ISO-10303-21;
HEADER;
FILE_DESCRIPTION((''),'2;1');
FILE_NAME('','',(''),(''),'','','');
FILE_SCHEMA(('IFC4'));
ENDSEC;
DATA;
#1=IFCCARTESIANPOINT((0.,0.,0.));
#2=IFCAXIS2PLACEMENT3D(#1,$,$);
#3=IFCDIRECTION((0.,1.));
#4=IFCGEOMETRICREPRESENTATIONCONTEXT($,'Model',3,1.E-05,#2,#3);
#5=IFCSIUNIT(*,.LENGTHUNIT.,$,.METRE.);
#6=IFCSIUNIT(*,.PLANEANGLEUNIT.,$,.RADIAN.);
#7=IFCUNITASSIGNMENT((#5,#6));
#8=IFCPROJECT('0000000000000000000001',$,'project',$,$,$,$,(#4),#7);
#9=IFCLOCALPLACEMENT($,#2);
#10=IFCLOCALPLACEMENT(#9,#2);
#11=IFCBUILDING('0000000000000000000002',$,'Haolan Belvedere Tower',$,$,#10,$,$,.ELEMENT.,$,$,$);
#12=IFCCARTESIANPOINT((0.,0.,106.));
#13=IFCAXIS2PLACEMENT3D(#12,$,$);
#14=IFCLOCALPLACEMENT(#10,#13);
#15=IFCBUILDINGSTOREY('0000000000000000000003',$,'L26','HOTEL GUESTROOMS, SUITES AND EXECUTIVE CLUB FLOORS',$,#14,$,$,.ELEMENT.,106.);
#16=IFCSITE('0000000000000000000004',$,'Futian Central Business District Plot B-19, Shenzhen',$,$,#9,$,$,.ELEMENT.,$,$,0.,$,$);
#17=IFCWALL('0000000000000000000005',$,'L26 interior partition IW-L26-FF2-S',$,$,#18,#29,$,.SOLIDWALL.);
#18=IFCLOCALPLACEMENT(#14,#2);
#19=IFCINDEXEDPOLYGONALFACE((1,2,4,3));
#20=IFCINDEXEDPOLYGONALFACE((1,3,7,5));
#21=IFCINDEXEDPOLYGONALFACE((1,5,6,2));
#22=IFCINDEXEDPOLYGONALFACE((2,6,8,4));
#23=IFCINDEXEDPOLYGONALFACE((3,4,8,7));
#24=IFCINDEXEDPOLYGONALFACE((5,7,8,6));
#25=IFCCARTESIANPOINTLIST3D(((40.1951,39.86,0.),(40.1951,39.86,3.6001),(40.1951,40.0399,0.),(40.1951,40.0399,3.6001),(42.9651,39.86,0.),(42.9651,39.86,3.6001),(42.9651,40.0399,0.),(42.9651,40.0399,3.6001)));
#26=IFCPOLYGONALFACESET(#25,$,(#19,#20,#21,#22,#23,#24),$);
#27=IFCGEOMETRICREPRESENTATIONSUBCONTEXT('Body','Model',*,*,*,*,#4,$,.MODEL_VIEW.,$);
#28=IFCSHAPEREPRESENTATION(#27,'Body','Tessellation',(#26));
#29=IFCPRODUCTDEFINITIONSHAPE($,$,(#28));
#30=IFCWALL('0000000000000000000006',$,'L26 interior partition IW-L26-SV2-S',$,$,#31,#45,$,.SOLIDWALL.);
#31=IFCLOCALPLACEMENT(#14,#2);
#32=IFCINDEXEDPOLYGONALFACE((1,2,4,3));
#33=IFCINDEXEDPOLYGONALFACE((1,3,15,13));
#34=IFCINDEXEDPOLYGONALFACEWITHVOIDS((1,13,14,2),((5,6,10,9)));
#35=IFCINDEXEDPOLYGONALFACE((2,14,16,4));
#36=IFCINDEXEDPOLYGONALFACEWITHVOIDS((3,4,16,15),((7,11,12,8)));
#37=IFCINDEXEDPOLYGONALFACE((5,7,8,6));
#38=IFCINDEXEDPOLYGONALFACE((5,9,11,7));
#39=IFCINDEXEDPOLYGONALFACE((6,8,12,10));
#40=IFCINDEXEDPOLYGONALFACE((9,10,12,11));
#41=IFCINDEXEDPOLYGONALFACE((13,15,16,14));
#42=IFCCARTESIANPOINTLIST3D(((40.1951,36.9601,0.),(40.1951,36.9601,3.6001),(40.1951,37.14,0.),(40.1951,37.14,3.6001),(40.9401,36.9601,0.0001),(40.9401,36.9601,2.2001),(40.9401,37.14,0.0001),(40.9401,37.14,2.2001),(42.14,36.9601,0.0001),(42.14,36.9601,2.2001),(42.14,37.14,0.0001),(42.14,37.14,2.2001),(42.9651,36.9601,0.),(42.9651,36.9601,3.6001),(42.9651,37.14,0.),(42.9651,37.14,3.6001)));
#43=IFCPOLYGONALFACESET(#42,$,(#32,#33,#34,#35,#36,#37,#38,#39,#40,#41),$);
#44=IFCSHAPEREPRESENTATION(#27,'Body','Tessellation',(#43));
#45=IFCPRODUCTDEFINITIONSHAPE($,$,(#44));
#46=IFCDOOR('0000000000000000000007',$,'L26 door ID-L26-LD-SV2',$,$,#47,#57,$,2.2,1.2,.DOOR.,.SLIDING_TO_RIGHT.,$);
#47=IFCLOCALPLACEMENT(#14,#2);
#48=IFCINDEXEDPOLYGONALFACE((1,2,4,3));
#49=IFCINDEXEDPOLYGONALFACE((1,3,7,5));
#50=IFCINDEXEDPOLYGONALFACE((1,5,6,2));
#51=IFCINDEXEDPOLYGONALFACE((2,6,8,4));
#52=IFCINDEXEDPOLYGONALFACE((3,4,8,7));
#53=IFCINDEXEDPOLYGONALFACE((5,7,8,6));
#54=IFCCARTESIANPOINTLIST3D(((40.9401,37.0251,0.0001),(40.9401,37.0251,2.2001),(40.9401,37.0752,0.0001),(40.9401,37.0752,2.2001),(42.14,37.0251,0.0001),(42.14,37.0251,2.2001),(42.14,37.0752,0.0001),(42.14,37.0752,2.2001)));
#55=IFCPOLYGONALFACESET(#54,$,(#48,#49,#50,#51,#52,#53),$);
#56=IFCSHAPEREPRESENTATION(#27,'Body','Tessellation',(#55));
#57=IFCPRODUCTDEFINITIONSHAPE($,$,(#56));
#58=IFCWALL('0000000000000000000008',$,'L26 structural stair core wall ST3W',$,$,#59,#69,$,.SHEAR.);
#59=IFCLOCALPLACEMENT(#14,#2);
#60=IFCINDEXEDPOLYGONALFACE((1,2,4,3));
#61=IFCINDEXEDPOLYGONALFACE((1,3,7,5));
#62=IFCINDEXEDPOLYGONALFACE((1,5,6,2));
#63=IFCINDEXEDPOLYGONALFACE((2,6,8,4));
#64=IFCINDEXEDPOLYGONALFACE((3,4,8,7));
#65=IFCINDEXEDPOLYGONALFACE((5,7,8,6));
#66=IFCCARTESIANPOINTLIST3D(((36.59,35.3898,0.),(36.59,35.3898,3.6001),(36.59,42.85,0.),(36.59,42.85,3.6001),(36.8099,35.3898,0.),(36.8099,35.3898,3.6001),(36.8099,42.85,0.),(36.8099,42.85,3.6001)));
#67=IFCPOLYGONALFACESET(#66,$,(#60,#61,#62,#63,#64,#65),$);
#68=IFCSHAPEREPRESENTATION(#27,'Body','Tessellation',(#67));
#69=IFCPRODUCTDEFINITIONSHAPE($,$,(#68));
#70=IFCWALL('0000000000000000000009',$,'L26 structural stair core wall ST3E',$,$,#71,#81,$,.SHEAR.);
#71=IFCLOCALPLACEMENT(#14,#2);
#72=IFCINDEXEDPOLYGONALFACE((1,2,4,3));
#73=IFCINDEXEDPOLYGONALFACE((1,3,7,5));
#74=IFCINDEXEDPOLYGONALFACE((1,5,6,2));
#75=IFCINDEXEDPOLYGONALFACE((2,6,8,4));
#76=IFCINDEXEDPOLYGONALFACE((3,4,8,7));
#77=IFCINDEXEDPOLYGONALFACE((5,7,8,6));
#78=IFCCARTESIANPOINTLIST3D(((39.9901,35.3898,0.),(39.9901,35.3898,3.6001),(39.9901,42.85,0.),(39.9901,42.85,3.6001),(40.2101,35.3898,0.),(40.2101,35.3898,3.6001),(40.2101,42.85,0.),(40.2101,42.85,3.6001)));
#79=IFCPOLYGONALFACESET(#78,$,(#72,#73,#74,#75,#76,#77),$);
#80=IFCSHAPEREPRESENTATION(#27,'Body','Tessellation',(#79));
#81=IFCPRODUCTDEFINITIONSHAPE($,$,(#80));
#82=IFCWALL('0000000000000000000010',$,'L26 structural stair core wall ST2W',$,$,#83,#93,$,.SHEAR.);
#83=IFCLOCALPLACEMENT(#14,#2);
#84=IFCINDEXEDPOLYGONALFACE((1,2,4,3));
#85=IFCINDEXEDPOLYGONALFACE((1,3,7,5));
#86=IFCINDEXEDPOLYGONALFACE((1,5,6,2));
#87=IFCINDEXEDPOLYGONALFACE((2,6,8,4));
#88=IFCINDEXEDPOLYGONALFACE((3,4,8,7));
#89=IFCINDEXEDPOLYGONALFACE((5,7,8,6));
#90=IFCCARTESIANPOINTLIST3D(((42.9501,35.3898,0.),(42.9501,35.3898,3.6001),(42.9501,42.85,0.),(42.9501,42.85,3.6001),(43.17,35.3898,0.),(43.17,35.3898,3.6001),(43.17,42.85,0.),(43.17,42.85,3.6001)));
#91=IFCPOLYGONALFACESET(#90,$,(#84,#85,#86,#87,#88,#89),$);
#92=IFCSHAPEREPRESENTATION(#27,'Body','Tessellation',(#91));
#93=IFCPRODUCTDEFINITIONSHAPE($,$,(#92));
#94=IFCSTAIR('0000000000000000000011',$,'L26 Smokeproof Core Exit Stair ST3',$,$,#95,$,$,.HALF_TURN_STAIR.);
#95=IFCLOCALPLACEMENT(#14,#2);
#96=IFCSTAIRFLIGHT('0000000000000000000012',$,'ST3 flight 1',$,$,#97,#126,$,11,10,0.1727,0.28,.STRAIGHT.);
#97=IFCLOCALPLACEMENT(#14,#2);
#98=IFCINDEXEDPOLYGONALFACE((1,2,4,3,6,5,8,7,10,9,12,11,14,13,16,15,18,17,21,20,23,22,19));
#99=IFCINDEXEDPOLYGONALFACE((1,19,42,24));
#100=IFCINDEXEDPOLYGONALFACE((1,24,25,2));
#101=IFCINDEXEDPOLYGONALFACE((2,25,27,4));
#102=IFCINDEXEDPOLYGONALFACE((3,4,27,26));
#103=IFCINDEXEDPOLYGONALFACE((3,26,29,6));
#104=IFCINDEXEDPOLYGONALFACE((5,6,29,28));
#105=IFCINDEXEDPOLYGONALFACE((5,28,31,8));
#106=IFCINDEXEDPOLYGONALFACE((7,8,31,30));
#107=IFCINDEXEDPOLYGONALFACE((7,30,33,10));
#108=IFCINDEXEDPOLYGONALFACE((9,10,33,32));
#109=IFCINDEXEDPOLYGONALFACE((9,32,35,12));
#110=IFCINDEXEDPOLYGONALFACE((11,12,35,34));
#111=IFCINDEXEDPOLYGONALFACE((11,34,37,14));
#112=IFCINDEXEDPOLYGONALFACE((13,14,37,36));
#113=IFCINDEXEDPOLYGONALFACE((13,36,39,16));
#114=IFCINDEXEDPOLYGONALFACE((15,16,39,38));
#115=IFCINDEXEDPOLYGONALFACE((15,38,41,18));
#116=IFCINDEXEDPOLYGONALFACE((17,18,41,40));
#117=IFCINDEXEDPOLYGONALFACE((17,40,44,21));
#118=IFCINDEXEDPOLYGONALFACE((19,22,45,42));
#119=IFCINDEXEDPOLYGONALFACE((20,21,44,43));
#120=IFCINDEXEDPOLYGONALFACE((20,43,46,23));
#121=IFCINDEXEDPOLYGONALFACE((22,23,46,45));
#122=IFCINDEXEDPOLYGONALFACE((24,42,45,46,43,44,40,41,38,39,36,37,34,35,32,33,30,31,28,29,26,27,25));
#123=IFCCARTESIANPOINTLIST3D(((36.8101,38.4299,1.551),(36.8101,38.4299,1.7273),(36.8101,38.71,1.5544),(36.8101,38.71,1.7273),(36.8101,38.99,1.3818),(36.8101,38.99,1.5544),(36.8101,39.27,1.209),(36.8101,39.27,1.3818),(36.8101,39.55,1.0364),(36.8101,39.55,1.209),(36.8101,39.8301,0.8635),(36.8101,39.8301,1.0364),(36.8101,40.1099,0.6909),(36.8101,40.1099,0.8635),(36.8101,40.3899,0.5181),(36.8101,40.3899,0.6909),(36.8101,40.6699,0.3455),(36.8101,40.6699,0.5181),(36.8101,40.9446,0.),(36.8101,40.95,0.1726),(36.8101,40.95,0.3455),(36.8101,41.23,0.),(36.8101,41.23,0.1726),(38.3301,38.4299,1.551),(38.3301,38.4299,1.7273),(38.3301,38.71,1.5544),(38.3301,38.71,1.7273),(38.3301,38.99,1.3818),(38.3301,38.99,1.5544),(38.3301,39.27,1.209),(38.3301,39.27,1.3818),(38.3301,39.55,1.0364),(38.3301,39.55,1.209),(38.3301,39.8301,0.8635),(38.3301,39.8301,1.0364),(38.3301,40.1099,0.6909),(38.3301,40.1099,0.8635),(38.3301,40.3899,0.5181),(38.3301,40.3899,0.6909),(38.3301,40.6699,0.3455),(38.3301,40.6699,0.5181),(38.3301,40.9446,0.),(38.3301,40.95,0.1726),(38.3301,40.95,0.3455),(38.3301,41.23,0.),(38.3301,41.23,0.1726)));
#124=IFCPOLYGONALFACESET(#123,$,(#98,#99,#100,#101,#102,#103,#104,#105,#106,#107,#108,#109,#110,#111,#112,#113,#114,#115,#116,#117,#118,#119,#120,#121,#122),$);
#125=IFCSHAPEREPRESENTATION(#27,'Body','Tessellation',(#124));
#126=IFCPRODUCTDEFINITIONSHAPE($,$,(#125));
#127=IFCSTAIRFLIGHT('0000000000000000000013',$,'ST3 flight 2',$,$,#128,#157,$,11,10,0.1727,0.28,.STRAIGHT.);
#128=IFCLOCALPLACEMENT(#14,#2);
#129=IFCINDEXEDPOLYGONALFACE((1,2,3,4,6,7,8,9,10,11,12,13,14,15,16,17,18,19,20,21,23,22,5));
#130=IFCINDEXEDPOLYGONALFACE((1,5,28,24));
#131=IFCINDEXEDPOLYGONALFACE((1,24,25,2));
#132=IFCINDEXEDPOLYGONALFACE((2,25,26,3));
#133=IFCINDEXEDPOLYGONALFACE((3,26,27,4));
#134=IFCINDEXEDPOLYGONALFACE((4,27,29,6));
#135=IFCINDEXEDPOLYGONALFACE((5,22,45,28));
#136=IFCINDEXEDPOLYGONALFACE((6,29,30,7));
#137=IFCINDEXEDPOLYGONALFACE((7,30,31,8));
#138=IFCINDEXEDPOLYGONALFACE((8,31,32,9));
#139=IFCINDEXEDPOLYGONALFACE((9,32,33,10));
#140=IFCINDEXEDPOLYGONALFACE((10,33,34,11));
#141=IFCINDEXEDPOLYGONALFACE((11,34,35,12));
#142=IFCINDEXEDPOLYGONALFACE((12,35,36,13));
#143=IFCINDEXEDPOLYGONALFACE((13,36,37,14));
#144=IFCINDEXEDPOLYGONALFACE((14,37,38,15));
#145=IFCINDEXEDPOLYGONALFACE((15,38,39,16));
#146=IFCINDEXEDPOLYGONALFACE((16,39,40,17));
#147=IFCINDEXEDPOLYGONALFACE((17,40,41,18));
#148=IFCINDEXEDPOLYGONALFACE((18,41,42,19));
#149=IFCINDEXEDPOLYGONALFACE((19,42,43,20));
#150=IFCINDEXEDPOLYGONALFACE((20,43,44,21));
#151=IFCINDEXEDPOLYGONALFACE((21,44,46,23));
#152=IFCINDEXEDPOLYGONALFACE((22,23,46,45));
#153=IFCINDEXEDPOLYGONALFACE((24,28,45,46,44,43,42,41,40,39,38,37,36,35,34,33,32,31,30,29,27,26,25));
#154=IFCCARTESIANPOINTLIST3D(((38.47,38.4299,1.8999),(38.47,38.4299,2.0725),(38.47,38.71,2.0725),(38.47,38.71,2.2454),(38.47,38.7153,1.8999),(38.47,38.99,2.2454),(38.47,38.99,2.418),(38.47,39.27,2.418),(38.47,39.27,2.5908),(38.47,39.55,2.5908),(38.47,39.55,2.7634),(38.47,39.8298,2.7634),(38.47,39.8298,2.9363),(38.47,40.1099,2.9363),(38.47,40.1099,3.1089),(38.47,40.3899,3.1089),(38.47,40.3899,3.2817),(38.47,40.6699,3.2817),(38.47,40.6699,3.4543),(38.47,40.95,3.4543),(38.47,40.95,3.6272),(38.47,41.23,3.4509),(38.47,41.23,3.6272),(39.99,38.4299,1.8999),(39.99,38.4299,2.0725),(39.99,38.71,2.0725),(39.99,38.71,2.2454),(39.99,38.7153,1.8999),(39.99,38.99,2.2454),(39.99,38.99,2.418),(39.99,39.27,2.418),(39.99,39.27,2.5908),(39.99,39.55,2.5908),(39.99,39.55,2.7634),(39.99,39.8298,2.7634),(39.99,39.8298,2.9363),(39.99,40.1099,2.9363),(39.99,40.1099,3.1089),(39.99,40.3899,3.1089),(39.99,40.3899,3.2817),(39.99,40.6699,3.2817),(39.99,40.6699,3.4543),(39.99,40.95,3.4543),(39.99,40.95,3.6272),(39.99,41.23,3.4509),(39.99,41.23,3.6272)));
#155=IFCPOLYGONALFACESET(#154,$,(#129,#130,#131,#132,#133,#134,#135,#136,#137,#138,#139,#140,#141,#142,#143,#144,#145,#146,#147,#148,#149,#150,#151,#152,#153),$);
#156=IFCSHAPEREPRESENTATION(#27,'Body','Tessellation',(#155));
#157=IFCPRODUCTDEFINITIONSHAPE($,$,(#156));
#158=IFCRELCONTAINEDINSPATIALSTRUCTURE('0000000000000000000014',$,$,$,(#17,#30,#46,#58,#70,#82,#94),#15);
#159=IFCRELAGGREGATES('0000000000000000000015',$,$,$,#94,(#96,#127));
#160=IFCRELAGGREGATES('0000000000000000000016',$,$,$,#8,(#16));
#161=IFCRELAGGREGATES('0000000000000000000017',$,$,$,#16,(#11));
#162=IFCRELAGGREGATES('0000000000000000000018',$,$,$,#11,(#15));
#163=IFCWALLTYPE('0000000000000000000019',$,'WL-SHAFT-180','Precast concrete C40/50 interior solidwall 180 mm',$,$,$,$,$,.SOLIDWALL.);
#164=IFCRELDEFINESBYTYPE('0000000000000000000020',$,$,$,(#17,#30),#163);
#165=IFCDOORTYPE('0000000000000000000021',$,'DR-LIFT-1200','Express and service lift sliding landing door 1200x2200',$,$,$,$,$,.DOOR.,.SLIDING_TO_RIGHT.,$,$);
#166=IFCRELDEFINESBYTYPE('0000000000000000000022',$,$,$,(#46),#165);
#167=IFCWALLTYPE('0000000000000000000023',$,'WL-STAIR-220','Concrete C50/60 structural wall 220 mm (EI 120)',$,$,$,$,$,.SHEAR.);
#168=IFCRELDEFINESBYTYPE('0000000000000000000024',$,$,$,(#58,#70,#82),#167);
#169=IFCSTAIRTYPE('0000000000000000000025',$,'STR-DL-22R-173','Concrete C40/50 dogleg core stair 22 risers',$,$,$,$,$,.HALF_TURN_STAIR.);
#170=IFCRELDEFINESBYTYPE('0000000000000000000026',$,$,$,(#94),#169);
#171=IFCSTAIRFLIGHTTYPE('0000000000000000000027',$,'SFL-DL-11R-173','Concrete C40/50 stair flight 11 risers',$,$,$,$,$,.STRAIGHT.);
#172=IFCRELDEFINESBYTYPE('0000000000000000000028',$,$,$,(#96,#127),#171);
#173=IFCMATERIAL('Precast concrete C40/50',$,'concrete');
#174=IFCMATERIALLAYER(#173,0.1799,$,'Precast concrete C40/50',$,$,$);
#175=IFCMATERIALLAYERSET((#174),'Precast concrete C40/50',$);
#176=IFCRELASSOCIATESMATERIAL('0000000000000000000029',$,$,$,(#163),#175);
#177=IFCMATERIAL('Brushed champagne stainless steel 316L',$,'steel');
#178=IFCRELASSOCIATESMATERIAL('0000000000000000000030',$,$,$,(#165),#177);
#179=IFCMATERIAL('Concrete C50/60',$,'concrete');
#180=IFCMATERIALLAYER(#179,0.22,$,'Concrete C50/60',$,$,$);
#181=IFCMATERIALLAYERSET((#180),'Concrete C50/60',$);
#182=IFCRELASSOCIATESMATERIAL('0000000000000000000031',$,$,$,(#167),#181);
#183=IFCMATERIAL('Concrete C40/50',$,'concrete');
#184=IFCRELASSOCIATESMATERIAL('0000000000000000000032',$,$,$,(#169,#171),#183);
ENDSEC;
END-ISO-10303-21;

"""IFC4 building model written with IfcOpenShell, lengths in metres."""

from ifc_helpers import new_model, si_unit, direction, frame, frame_2d, origin, place, context, subcontext, project, spatial, polyline, rectangle, outline, extrude, material, layer, layer_set, type_object, element, fill, aggregate, save


model = new_model("IFC4")

# Units and contexts
model_context = context("Model", 3, precision=1e-05, world=origin(), true_north=direction((0.0, 1.0)))
body_context = subcontext(model_context, "Body", "Model", "MODEL_VIEW")
ifc_project = project(units=[si_unit("LENGTHUNIT", "METRE"), si_unit("PLANEANGLEUNIT", "RADIAN")], contexts=[model_context])

# Site, building, storey
site_placement = place(None, origin())
site = spatial("IfcSite", under=ifc_project, at=site_placement, Name="Futian Central Business District Plot B-19, Shenzhen", CompositionType="ELEMENT", RefElevation=0.0)
building_placement = place(site_placement, origin())
building = spatial("IfcBuilding", under=site, at=building_placement, Name="Haolan Belvedere Tower", CompositionType="ELEMENT")
storey_placement = place(building_placement, frame((0.0, 0.0, 106.0)))
storey = spatial("IfcBuildingStorey", under=building, at=storey_placement, Name="L26", Description="HOTEL GUESTROOMS, SUITES AND EXECUTIVE CLUB FLOORS", CompositionType="ELEMENT", Elevation=106.0)

# Wall
ifc_material_1 = material(Name="Precast concrete C40/50", Category="concrete")
ifc_layer_1 = layer(ifc_material_1, 0.1799, Name="Precast concrete C40/50")
ifc_layer_set_1 = layer_set([ifc_layer_1], Name="Precast concrete C40/50")
wall_type_1 = type_object("IfcWallType", Name="WL-SHAFT-180", Description="Precast concrete C40/50 interior solidwall 180 mm", PredefinedType="SOLIDWALL", material=ifc_layer_set_1)
wall_1_placement = place(storey_placement, frame((40.1951, 39.95, 0.0), z_axis=(0.0, 0.0, 1.0), x_axis=(1.0, 0.0, 0.0)))
element("IfcWall", 1, at=wall_1_placement, inside=storey, type_object=wall_type_1, Name="L26 interior partition IW-L26-FF2-S", PredefinedType="SOLIDWALL", context=body_context, shape_type="SweptSolid", body=[
    extrude(rectangle(XDim=2.77, YDim=0.1799, at=frame_2d((1.385, 0.0))), origin(), (0.0, 0.0, 1.0), 3.6001),
])

# Wall, opening, door
wall_2_placement = place(storey_placement, frame((40.1951, 37.05, 0.0), z_axis=(0.0, 0.0, 1.0), x_axis=(1.0, 0.0, 0.0)))
wall_2 = element("IfcWall", 2, at=wall_2_placement, inside=storey, type_object=wall_type_1, Name="L26 interior partition IW-L26-SV2-S", PredefinedType="SOLIDWALL", context=body_context, shape_type="SweptSolid", body=[
    extrude(rectangle(XDim=2.77, YDim=0.1799, at=frame_2d((1.385, 0.0))), origin(), (0.0, 0.0, 1.0), 3.6001),
])
opening_placement = place(wall_2_placement, frame((1.9451, 0.0, 0.0), z_axis=(0.0, 0.0, 1.0), x_axis=(-1.0, 0.0, 0.0)))
opening = element("IfcOpeningElement", 3, at=opening_placement, cuts=wall_2, PredefinedType="OPENING", context=body_context, shape_type="SweptSolid", body=[
    extrude(rectangle(XDim=1.2, YDim=2.2, at=frame_2d((0.6001, 1.1001))), frame((0.0, 0.0999, 0.0), z_axis=(0.0, -1.0, 0.0), x_axis=(1.0, 0.0, 0.0)), (0.0, 0.0, 1.0), 0.2),
])
ifc_material_2 = material(Name="Brushed champagne stainless steel 316L", Category="steel")
door_type = type_object("IfcDoorType", Name="DR-LIFT-1200", Description="Express and service lift sliding landing door 1200x2200", OperationType="SLIDING_TO_RIGHT", PredefinedType="DOOR", material=ifc_material_2)
door_placement = place(opening_placement, origin())
door = element("IfcDoor", 4, at=door_placement, inside=storey, type_object=door_type, Name="L26 door ID-L26-LD-SV2", OperationType="SLIDING_TO_RIGHT", OverallHeight=2.2, OverallWidth=1.2, PredefinedType="DOOR", context=body_context, shape_type="SweptSolid", body=[
    extrude(rectangle(XDim=1.2, YDim=2.2, at=frame_2d((0.6001, 1.1001))), frame((0.0, 0.0249, 0.0), z_axis=(0.0, -1.0, 0.0), x_axis=(1.0, 0.0, 0.0)), (0.0, 0.0, 1.0), 0.05),
])
fill(opening, door)

# Walls
ifc_material_3 = material(Name="Concrete C50/60", Category="concrete")
ifc_layer_2 = layer(ifc_material_3, 0.22, Name="Concrete C50/60")
ifc_layer_set_2 = layer_set([ifc_layer_2], Name="Concrete C50/60")
wall_type_2 = type_object("IfcWallType", Name="WL-STAIR-220", Description="Concrete C50/60 structural wall 220 mm (EI 120)", PredefinedType="SHEAR", material=ifc_layer_set_2)
for number, where, z_axis, x_axis, name in (
    (5, (36.7, 35.3899, 0.0), (0.0, 0.0, 1.0), (0.0, 1.0, 0.0), "L26 structural stair core wall ST3W"),
    (6, (40.1001, 35.3899, 0.0), (0.0, 0.0, 1.0), (0.0, 1.0, 0.0), "L26 structural stair core wall ST3E"),
    (7, (43.0601, 35.3899, 0.0), (0.0, 0.0, 1.0), (0.0, 1.0, 0.0), "L26 structural stair core wall ST2W"),
):
    element("IfcWall", number, at=place(storey_placement, frame(where, z_axis=z_axis, x_axis=x_axis)), inside=storey, type_object=wall_type_2, Name=name, PredefinedType="SHEAR", context=body_context, shape_type="SweptSolid", body=[
        extrude(rectangle(XDim=7.4602, YDim=0.22, at=frame_2d((3.73, 0.0))), origin(), (0.0, 0.0, 1.0), 3.6001),
    ])

# Stair, stair flights
ifc_material_4 = material(Name="Concrete C40/50", Category="concrete")
stair_type = type_object("IfcStairType", Name="STR-DL-22R-173", Description="Concrete C40/50 dogleg core stair 22 risers", PredefinedType="HALF_TURN_STAIR", material=ifc_material_4)
stair_1_placement = place(storey_placement, origin())
stair_1 = element("IfcStair", 8, at=stair_1_placement, inside=storey, type_object=stair_type, Name="L26 Smokeproof Core Exit Stair ST3", PredefinedType="HALF_TURN_STAIR")
stair_flight_type = type_object("IfcStairFlightType", Name="SFL-DL-11R-173", Description="Concrete C40/50 stair flight 11 risers", PredefinedType="STRAIGHT", material=ifc_material_4)
stair_flight_1_placement = place(storey_placement, frame((37.5701, 41.23, 0.0), z_axis=(0.0, 0.0, 1.0), x_axis=(0.0, -1.0, 0.0)))
stair_flight_1 = element("IfcStairFlight", 9, at=stair_flight_1_placement, type_object=stair_flight_type, Name="ST3 flight 1", NumberOfRisers=11, NumberOfTreads=10, PredefinedType="STRAIGHT", RiserHeight=0.1727, TreadLength=0.28, context=body_context, shape_type="SweptSolid", body=[
    extrude(outline(polyline([(0.0, 0.0), (0.0, 0.1726), (0.28, 0.1726), (0.28, 0.3455), (0.5601, 0.3455), (0.5601, 0.5181), (0.8401, 0.5181), (0.8401, 0.6909), (1.1201, 0.6909), (1.1201, 0.8635), (1.3999, 0.8635), (1.3999, 1.0364), (1.6799, 1.0364), (1.6799, 1.209), (1.96, 1.209), (1.96, 1.3818), (2.24, 1.3818), (2.24, 1.5544), (2.52, 1.5544), (2.52, 1.7273), (2.8, 1.7273), (2.8, 1.8999), (2.8, 1.551), (0.2854, 0.0), (0.0, 0.0)])), frame((0.0, 0.76, 0.0), z_axis=(0.0, -1.0, 0.0), x_axis=(1.0, 0.0, 0.0)), (0.0, 0.0, 1.0), 1.52),
])
stair_flight_2_placement = place(storey_placement, frame((39.23, 38.4299, 1.8999), z_axis=(0.0, 0.0, 1.0), x_axis=(0.0, 1.0, 0.0)))
stair_flight_2 = element("IfcStairFlight", 10, at=stair_flight_2_placement, type_object=stair_flight_type, Name="ST3 flight 2", NumberOfRisers=11, NumberOfTreads=10, PredefinedType="STRAIGHT", RiserHeight=0.1727, TreadLength=0.28, context=body_context, shape_type="SweptSolid", body=[
    extrude(outline(polyline([(0.0, 0.0), (0.0, 0.1726), (0.28, 0.1726), (0.28, 0.3455), (0.5601, 0.3455), (0.5601, 0.5181), (0.8401, 0.5181), (0.8401, 0.6909), (1.1201, 0.6909), (1.1201, 0.8635), (1.3999, 0.8635), (1.3999, 1.0364), (1.6799, 1.0364), (1.6799, 1.209), (1.96, 1.209), (1.96, 1.3818), (2.24, 1.3818), (2.24, 1.5544), (2.52, 1.5544), (2.52, 1.7273), (2.8, 1.7273), (2.8, 1.8999), (2.8, 1.551), (0.2854, 0.0), (0.0, 0.0)])), frame((0.0, 0.76, 0.0), z_axis=(0.0, -1.0, 0.0), x_axis=(1.0, 0.0, 0.0)), (0.0, 0.0, 1.0), 1.52),
])
aggregate(stair_1, [stair_flight_1, stair_flight_2])

save(model, "model.ifc")
